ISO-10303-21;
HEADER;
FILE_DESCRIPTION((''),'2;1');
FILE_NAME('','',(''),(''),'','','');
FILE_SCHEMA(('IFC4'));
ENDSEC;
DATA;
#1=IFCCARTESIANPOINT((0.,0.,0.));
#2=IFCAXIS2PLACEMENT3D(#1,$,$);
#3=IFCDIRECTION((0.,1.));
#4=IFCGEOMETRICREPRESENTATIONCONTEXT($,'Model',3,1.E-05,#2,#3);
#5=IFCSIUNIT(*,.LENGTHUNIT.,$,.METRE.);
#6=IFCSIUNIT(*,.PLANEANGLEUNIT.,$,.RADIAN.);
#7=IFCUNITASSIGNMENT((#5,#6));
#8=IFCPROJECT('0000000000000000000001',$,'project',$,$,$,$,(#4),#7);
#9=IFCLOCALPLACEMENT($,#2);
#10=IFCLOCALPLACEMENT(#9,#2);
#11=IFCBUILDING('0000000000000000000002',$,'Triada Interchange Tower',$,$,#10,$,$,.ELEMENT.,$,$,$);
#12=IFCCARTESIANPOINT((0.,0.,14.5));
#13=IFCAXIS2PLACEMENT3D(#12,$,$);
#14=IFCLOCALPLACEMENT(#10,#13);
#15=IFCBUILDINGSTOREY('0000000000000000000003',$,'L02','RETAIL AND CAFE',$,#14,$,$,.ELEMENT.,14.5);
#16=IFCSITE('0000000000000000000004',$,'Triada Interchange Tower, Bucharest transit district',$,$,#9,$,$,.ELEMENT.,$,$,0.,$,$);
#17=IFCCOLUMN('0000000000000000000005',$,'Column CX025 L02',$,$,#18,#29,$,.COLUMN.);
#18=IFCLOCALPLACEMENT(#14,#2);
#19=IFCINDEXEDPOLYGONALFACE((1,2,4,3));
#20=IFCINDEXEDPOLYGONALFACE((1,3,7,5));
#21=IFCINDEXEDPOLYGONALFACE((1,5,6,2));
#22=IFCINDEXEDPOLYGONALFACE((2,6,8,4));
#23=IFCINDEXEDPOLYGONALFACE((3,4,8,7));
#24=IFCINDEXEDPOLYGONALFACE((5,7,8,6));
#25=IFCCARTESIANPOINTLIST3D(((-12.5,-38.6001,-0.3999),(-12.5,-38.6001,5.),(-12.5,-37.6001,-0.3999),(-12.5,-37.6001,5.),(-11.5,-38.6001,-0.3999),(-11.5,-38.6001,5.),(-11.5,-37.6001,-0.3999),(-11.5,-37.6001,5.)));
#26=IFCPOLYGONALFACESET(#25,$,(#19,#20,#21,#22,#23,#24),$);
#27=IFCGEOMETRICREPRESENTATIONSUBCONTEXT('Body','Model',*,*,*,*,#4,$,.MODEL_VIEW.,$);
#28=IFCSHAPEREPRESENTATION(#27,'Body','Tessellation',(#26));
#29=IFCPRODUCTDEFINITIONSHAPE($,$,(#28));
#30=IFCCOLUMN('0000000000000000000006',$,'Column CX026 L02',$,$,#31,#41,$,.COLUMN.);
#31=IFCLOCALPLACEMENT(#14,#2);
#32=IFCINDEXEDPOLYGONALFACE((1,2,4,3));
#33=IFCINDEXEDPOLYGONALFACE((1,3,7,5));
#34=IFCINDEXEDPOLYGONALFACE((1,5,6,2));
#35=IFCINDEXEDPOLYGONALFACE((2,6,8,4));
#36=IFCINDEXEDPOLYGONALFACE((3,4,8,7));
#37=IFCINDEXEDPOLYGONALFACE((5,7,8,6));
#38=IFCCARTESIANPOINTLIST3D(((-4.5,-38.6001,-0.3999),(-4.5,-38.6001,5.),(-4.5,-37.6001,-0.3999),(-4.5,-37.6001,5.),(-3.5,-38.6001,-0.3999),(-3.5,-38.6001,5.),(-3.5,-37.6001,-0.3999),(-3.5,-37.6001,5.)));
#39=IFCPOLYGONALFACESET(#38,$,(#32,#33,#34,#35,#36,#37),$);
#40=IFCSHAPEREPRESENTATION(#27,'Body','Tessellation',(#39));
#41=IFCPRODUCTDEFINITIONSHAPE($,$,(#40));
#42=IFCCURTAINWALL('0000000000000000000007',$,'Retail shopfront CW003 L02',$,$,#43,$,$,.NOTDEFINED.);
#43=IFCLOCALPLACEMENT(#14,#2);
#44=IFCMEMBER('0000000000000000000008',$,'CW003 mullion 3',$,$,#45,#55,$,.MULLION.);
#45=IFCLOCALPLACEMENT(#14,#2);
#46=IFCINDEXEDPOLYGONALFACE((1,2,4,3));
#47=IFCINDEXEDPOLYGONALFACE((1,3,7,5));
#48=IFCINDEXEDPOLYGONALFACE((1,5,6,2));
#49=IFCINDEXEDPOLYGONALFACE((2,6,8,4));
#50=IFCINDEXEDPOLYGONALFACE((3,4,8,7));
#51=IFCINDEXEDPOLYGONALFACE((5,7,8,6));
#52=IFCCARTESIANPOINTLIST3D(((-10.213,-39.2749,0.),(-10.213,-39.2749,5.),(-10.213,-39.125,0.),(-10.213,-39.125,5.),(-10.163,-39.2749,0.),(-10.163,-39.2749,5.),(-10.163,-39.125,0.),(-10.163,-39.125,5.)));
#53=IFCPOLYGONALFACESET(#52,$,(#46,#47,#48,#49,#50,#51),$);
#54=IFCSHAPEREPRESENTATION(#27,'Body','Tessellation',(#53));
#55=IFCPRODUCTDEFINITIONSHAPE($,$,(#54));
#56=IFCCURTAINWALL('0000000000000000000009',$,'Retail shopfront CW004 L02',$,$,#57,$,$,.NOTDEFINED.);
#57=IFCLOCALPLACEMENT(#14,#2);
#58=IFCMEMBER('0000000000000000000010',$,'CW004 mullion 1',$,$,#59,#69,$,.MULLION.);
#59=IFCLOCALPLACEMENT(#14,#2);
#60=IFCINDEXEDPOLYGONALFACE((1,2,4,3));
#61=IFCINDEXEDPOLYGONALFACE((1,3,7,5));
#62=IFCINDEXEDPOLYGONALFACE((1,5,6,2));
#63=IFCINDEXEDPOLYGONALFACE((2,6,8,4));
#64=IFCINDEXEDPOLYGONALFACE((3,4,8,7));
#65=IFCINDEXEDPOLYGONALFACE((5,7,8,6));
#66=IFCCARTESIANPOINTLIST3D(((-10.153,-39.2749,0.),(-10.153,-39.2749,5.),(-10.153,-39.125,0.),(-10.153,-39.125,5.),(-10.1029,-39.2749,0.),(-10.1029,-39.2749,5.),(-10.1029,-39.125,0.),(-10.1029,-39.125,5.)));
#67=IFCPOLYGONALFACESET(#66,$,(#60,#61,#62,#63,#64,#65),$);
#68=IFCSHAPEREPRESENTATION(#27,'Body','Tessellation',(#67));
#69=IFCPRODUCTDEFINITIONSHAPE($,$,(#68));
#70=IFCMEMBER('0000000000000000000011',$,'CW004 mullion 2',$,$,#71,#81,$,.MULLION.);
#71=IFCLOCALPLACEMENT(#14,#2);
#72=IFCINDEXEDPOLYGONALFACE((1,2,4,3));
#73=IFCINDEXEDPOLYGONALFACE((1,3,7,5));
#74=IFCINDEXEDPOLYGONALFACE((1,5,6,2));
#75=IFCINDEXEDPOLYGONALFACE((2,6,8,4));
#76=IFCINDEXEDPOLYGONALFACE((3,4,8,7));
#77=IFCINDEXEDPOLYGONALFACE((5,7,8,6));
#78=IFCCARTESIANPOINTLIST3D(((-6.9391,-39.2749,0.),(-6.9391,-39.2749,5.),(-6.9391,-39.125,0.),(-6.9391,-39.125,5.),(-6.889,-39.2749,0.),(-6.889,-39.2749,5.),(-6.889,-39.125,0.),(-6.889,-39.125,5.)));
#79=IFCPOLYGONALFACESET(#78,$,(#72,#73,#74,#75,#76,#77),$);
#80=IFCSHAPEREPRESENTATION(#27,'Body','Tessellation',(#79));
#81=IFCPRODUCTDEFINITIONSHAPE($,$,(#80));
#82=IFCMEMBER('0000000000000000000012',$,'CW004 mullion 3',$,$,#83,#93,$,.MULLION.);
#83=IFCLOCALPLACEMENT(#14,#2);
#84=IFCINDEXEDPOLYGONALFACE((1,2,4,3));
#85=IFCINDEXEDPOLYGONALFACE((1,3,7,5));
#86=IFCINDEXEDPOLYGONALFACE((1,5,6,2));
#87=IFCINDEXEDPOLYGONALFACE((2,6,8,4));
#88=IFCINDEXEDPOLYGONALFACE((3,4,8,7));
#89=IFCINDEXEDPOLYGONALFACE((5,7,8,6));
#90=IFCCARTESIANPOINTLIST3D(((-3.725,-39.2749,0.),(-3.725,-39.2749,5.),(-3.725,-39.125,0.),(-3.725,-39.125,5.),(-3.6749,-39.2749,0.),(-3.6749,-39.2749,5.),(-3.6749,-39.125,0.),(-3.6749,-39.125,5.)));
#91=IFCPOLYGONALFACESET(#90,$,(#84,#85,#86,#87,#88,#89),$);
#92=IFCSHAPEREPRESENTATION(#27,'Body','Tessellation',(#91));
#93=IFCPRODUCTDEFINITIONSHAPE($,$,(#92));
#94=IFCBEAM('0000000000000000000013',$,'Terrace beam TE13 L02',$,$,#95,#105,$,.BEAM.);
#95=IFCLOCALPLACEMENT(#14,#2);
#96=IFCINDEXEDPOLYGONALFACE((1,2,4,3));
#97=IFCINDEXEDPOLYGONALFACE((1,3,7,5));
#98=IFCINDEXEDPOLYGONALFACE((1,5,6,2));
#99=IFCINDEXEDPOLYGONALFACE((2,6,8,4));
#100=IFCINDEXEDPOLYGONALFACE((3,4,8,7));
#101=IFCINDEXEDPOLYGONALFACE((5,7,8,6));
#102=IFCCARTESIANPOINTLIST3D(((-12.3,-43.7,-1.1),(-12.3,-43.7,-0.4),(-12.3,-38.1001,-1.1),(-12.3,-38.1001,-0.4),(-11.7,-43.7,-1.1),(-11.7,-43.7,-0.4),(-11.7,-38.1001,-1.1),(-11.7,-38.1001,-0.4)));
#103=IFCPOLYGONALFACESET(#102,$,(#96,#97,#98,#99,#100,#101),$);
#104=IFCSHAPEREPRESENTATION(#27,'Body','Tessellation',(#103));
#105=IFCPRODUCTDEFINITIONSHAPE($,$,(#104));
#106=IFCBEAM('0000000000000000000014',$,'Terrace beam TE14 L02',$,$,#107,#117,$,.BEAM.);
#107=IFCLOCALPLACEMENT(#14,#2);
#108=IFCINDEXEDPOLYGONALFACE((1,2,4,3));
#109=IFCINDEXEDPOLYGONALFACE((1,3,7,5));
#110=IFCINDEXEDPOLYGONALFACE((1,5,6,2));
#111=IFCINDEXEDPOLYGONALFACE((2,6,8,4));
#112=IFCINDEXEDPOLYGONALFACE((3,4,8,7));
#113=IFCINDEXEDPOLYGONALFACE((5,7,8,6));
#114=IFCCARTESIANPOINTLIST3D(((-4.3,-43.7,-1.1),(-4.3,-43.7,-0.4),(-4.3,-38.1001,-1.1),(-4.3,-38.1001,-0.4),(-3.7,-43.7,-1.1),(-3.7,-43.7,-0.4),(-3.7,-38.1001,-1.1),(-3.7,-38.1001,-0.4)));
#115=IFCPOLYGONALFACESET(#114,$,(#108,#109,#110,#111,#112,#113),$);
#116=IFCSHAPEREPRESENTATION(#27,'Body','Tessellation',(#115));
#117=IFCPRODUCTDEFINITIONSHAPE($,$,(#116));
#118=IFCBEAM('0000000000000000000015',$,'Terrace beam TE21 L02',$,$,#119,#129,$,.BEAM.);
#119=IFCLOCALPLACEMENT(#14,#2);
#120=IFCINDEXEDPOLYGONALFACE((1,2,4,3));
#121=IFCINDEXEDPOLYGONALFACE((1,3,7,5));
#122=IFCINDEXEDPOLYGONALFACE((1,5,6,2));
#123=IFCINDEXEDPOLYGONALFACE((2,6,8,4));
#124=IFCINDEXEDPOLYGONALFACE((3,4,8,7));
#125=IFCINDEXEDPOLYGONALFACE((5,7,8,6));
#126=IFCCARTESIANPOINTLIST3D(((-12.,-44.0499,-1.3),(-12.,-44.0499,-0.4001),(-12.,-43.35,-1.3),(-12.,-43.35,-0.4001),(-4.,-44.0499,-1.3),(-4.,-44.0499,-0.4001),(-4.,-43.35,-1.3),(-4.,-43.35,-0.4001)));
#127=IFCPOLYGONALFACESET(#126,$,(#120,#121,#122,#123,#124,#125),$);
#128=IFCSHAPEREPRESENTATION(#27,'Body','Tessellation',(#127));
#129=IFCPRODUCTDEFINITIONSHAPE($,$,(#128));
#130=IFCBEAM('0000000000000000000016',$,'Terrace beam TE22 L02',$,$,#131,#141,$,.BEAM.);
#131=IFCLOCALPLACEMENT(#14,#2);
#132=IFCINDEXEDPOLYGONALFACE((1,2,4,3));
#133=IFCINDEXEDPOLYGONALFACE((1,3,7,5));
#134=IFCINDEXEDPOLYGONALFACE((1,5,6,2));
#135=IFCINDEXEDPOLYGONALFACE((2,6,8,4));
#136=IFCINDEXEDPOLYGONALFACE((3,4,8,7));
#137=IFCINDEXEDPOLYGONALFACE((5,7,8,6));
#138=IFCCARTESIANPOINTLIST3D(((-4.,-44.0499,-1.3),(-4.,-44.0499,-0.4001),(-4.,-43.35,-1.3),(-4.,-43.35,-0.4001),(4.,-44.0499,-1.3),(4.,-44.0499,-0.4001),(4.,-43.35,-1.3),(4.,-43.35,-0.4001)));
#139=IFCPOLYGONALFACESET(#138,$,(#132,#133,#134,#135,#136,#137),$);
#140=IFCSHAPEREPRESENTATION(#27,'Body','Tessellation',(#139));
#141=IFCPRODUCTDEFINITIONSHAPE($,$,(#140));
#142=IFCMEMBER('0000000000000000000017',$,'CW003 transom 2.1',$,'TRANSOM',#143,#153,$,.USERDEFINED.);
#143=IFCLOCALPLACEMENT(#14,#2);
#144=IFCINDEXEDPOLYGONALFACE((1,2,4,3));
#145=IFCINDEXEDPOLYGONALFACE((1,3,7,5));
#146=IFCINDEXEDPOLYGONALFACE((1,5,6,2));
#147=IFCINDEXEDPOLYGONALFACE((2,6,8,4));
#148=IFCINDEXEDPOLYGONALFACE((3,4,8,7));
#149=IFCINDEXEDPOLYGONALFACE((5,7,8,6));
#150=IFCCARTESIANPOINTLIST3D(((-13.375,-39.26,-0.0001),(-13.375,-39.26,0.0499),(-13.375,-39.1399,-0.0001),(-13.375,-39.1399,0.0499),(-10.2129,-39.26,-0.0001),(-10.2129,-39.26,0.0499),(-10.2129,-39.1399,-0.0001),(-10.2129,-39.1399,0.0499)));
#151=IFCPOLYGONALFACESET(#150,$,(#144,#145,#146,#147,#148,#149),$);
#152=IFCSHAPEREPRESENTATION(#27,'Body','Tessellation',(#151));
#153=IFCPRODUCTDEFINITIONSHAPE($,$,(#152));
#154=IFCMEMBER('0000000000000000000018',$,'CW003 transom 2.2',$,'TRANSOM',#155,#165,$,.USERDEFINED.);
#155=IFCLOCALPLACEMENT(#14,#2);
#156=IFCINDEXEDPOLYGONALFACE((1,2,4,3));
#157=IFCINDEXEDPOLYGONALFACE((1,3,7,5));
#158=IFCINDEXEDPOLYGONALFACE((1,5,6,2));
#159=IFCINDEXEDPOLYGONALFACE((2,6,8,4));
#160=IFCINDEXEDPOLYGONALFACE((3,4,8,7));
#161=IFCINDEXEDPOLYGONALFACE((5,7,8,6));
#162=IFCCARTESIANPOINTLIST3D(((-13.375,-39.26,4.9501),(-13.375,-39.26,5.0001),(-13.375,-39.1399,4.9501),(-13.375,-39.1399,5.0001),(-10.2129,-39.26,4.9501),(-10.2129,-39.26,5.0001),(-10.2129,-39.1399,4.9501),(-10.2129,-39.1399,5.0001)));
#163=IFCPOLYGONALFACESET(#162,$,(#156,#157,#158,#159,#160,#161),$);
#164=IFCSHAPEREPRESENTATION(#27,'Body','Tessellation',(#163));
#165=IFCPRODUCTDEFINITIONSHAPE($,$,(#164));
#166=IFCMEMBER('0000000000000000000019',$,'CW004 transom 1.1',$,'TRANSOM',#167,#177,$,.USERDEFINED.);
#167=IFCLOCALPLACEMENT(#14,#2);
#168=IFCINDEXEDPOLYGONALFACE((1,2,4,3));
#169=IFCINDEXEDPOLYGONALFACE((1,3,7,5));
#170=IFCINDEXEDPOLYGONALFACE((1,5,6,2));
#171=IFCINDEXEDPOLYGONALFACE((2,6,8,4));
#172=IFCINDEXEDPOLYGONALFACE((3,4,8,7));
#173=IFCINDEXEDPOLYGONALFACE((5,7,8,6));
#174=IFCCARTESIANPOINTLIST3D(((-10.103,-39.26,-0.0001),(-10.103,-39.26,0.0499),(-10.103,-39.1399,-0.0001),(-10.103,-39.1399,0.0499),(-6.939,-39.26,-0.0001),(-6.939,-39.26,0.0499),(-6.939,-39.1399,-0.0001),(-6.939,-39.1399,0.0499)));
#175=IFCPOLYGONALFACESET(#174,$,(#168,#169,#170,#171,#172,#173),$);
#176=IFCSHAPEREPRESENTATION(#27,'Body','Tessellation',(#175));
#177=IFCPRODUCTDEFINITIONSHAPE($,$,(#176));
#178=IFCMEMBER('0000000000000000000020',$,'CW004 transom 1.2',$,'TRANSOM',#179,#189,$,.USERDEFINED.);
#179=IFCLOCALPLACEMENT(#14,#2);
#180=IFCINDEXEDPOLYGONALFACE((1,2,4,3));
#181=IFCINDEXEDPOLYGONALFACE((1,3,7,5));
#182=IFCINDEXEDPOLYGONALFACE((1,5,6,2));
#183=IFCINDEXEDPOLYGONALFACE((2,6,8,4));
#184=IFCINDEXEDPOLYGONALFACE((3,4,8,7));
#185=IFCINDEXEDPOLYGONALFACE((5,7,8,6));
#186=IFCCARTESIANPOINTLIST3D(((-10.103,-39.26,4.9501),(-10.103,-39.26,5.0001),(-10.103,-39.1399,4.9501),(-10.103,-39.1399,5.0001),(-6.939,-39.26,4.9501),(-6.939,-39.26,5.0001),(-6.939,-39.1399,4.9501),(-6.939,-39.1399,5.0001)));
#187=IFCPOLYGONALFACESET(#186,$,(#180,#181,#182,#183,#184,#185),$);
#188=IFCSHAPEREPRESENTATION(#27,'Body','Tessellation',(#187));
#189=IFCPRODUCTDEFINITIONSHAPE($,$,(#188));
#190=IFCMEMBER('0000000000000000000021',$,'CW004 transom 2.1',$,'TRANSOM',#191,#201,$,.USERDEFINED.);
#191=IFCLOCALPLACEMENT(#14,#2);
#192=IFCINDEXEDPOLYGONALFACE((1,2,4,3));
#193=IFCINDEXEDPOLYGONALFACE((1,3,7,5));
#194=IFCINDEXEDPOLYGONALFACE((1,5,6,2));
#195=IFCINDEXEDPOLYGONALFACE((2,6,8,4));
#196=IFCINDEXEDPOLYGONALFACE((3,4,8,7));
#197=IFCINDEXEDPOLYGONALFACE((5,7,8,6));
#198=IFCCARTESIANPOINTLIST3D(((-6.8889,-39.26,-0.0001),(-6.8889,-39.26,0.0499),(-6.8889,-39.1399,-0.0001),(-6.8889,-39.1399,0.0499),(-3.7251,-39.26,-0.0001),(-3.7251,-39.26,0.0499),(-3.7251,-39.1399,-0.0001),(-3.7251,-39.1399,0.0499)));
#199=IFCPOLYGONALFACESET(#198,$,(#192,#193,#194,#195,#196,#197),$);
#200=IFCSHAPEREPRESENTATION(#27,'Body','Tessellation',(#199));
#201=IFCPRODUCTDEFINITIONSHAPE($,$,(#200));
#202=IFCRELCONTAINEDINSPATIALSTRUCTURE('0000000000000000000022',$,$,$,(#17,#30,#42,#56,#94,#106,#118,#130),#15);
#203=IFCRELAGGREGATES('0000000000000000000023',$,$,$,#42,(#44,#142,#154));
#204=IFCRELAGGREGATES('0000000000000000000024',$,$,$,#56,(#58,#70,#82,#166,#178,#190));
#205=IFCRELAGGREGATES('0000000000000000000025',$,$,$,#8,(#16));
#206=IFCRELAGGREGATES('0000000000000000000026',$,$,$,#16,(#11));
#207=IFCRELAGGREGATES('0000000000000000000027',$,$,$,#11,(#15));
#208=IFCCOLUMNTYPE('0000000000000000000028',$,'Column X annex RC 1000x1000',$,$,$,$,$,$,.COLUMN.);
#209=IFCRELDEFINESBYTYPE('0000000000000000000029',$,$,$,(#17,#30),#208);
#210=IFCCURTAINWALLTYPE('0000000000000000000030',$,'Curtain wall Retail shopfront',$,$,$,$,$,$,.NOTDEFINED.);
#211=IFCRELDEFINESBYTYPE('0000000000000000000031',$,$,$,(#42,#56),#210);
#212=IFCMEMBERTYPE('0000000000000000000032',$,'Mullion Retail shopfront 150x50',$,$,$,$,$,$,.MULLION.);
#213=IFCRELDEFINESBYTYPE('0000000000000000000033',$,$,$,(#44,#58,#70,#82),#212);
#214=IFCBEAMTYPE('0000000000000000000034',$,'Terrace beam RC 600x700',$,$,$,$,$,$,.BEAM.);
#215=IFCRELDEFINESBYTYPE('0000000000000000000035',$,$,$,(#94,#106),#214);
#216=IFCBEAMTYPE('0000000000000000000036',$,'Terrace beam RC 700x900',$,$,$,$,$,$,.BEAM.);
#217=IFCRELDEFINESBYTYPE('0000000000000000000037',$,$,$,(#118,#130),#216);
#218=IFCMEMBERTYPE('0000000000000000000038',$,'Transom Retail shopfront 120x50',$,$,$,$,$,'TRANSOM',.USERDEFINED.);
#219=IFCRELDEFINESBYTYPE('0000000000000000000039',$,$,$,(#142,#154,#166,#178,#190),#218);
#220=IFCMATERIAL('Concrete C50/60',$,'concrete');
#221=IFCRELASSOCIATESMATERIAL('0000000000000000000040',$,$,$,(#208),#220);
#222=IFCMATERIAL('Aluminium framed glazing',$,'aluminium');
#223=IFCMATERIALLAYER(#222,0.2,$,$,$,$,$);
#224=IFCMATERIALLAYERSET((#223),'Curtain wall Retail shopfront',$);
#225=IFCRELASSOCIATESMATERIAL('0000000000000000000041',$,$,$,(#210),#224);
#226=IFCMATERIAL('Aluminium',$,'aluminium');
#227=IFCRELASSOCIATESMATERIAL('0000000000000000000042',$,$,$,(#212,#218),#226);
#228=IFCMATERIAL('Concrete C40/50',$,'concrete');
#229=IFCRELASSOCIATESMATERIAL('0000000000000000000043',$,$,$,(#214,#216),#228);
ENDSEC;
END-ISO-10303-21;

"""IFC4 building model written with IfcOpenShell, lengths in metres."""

from ifc_helpers import new_model, si_unit, direction, frame, origin, origin_2d, place, context, subcontext, project, spatial, rectangle, extrude, material, layer, layer_set, material_profile, profile_set, type_object, element, aggregate, save


model = new_model("IFC4")

# Units and contexts
model_context = context("Model", 3, precision=1e-05, world=origin(), true_north=direction((0.0, 1.0)))
body_context = subcontext(model_context, "Body", "Model", "MODEL_VIEW")
ifc_project = project(units=[si_unit("LENGTHUNIT", "METRE"), si_unit("PLANEANGLEUNIT", "RADIAN")], contexts=[model_context])

# Site, building, storey
site_placement = place(None, origin())
site = spatial("IfcSite", under=ifc_project, at=site_placement, Name="Triada Interchange Tower, Bucharest transit district", CompositionType="ELEMENT", RefElevation=0.0)
building_placement = place(site_placement, origin())
building = spatial("IfcBuilding", under=site, at=building_placement, Name="Triada Interchange Tower", CompositionType="ELEMENT")
storey_placement = place(building_placement, frame((0.0, 0.0, 14.5)))
storey = spatial("IfcBuildingStorey", under=building, at=storey_placement, Name="L02", Description="RETAIL AND CAFE", CompositionType="ELEMENT", Elevation=14.5)

# Columns
ifc_material_1 = material(Name="Concrete C50/60", Category="concrete")
ifc_material_profile_1 = material_profile(ifc_material_1, rectangle(XDim=1.0, YDim=1.0, at=origin_2d()), Name="RC 1000x1000")
ifc_profile_set_1 = profile_set([ifc_material_profile_1], Name="Concrete C50/60")
column_type = type_object("IfcColumnType", Name="Column X annex RC 1000x1000", PredefinedType="COLUMN", material=ifc_profile_set_1)
for number, where, z_axis, x_axis, name in (
    (1, (-12.0, -38.1001, -0.3999), (0.0, 0.0, 1.0), (1.0, 0.0, 0.0), "Column CX025 L02"),
    (2, (-4.0, -38.1001, -0.3999), (0.0, 0.0, 1.0), (1.0, 0.0, 0.0), "Column CX026 L02"),
):
    element("IfcColumn", number, at=place(storey_placement, frame(where, z_axis=z_axis, x_axis=x_axis)), inside=storey, type_object=column_type, Name=name, PredefinedType="COLUMN", context=body_context, shape_type="SweptSolid", body=[
        extrude(rectangle(XDim=1.0, YDim=1.0, at=origin_2d()), origin(), (0.0, 0.0, 1.0), 5.3999),
    ])

# Curtain wall, member
ifc_material_2 = material(Name="Aluminium framed glazing", Category="aluminium")
ifc_layer_1 = layer(ifc_material_2, 0.2)
ifc_layer_set_1 = layer_set([ifc_layer_1], Name="Curtain wall Retail shopfront")
curtain_wall_type = type_object("IfcCurtainWallType", Name="Curtain wall Retail shopfront", PredefinedType="NOTDEFINED", material=ifc_layer_set_1)
curtain_wall_1_placement = place(storey_placement, origin())
curtain_wall_1 = element("IfcCurtainWall", 3, at=curtain_wall_1_placement, inside=storey, type_object=curtain_wall_type, Name="Retail shopfront CW003 L02", PredefinedType="NOTDEFINED")
ifc_material_3 = material(Name="Aluminium", Category="aluminium")
ifc_material_profile_2 = material_profile(ifc_material_3, rectangle(XDim=0.1499, YDim=0.05, at=origin_2d()), Name="Aluminium mullion")
ifc_profile_set_2 = profile_set([ifc_material_profile_2], Name="Aluminium")
member_type_1 = type_object("IfcMemberType", Name="Mullion Retail shopfront 150x50", PredefinedType="MULLION", material=ifc_profile_set_2)
member_1_placement = place(storey_placement, frame((-10.188, -39.2, 0.0), z_axis=(0.0, 0.0, 1.0), x_axis=(0.0, 1.0, 0.0)))
member_1 = element("IfcMember", 4, at=member_1_placement, type_object=member_type_1, Name="CW003 mullion 3", PredefinedType="MULLION", context=body_context, shape_type="SweptSolid", body=[
    extrude(rectangle(XDim=0.1499, YDim=0.05, at=origin_2d()), origin(), (0.0, 0.0, 1.0), 5.0),
])

# Curtain wall, members
curtain_wall_2_placement = place(storey_placement, origin())
curtain_wall_2 = element("IfcCurtainWall", 5, at=curtain_wall_2_placement, inside=storey, type_object=curtain_wall_type, Name="Retail shopfront CW004 L02", PredefinedType="NOTDEFINED")
member_2_placement = place(storey_placement, frame((-10.1279, -39.2, 0.0), z_axis=(0.0, 0.0, 1.0), x_axis=(0.0, 1.0, 0.0)))
member_2 = element("IfcMember", 6, at=member_2_placement, type_object=member_type_1, Name="CW004 mullion 1", PredefinedType="MULLION", context=body_context, shape_type="SweptSolid", body=[
    extrude(rectangle(XDim=0.1499, YDim=0.05, at=origin_2d()), origin(), (0.0, 0.0, 1.0), 5.0),
])
member_3_placement = place(storey_placement, frame((-6.9141, -39.2, 0.0), z_axis=(0.0, 0.0, 1.0), x_axis=(0.0, 1.0, 0.0)))
member_3 = element("IfcMember", 7, at=member_3_placement, type_object=member_type_1, Name="CW004 mullion 2", PredefinedType="MULLION", context=body_context, shape_type="SweptSolid", body=[
    extrude(rectangle(XDim=0.1499, YDim=0.05, at=origin_2d()), origin(), (0.0, 0.0, 1.0), 5.0),
])
member_4_placement = place(storey_placement, frame((-3.7, -39.2, 0.0), z_axis=(0.0, 0.0, 1.0), x_axis=(0.0, 1.0, 0.0)))
member_4 = element("IfcMember", 8, at=member_4_placement, type_object=member_type_1, Name="CW004 mullion 3", PredefinedType="MULLION", context=body_context, shape_type="SweptSolid", body=[
    extrude(rectangle(XDim=0.1499, YDim=0.05, at=origin_2d()), origin(), (0.0, 0.0, 1.0), 5.0),
])

# Beams
ifc_material_4 = material(Name="Concrete C40/50", Category="concrete")
ifc_material_profile_3 = material_profile(ifc_material_4, rectangle(XDim=0.6001, YDim=0.7, at=origin_2d()), Name="RC 600x700")
ifc_profile_set_3 = profile_set([ifc_material_profile_3], Name="Concrete C40/50")
beam_type_1 = type_object("IfcBeamType", Name="Terrace beam RC 600x700", PredefinedType="BEAM", material=ifc_profile_set_3)
for number, where, z_axis, x_axis, name in (
    (9, (-12.0, -43.7, -0.75), (0.0, 1.0, 0.0), (-1.0, 0.0, 0.0), "Terrace beam TE13 L02"),
    (10, (-4.0, -43.7, -0.75), (0.0, 1.0, 0.0), (-1.0, 0.0, 0.0), "Terrace beam TE14 L02"),
):
    element("IfcBeam", number, at=place(storey_placement, frame(where, z_axis=z_axis, x_axis=x_axis)), inside=storey, type_object=beam_type_1, Name=name, PredefinedType="BEAM", context=body_context, shape_type="SweptSolid", body=[
        extrude(rectangle(XDim=0.6001, YDim=0.7, at=origin_2d()), origin(), (0.0, 0.0, 1.0), 5.5999),
    ])
ifc_material_profile_4 = material_profile(ifc_material_4, rectangle(XDim=0.7, YDim=0.8999, at=origin_2d()), Name="RC 700x900")
ifc_profile_set_4 = profile_set([ifc_material_profile_4], Name="Concrete C40/50")
beam_type_2 = type_object("IfcBeamType", Name="Terrace beam RC 700x900", PredefinedType="BEAM", material=ifc_profile_set_4)
for number, where, z_axis, x_axis, name in (
    (11, (-12.0, -43.7, -0.8501), (1.0, 0.0, 0.0), (0.0, 1.0, 0.0), "Terrace beam TE21 L02"),
    (12, (-4.0, -43.7, -0.8501), (1.0, 0.0, 0.0), (0.0, 1.0, 0.0), "Terrace beam TE22 L02"),
):
    element("IfcBeam", number, at=place(storey_placement, frame(where, z_axis=z_axis, x_axis=x_axis)), inside=storey, type_object=beam_type_2, Name=name, PredefinedType="BEAM", context=body_context, shape_type="SweptSolid", body=[
        extrude(rectangle(XDim=0.7, YDim=0.8999, at=origin_2d()), origin(), (0.0, 0.0, 1.0), 8.0),
    ])

# Members
ifc_material_profile_5 = material_profile(ifc_material_3, rectangle(XDim=0.1201, YDim=0.05, at=origin_2d()), Name="Aluminium transom")
ifc_profile_set_5 = profile_set([ifc_material_profile_5], Name="Aluminium")
member_type_2 = type_object("IfcMemberType", Name="Transom Retail shopfront 120x50", ElementType="TRANSOM", PredefinedType="USERDEFINED", material=ifc_profile_set_5)
member_5_placement = place(storey_placement, frame((-13.375, -39.2, 0.0249), z_axis=(1.0, 0.0, 0.0), x_axis=(0.0, 1.0, 0.0)))
member_5 = element("IfcMember", 13, at=member_5_placement, type_object=member_type_2, Name="CW003 transom 2.1", ObjectType="TRANSOM", PredefinedType="USERDEFINED", context=body_context, shape_type="SweptSolid", body=[
    extrude(rectangle(XDim=0.1201, YDim=0.05, at=origin_2d()), origin(), (0.0, 0.0, 1.0), 3.1621),
])
member_6_placement = place(storey_placement, frame((-13.375, -39.2, 4.9751), z_axis=(1.0, 0.0, 0.0), x_axis=(0.0, 1.0, 0.0)))
member_6 = element("IfcMember", 14, at=member_6_placement, type_object=member_type_2, Name="CW003 transom 2.2", ObjectType="TRANSOM", PredefinedType="USERDEFINED", context=body_context, shape_type="SweptSolid", body=[
    extrude(rectangle(XDim=0.1201, YDim=0.05, at=origin_2d()), origin(), (0.0, 0.0, 1.0), 3.1621),
])
member_7_placement = place(storey_placement, frame((-10.103, -39.2, 0.0249), z_axis=(1.0, 0.0, 0.0), x_axis=(0.0, 1.0, 0.0)))
member_7 = element("IfcMember", 15, at=member_7_placement, type_object=member_type_2, Name="CW004 transom 1.1", ObjectType="TRANSOM", PredefinedType="USERDEFINED", context=body_context, shape_type="SweptSolid", body=[
    extrude(rectangle(XDim=0.1201, YDim=0.05, at=origin_2d()), origin(), (0.0, 0.0, 1.0), 3.1641),
])
member_8_placement = place(storey_placement, frame((-10.103, -39.2, 4.9751), z_axis=(1.0, 0.0, 0.0), x_axis=(0.0, 1.0, 0.0)))
member_8 = element("IfcMember", 16, at=member_8_placement, type_object=member_type_2, Name="CW004 transom 1.2", ObjectType="TRANSOM", PredefinedType="USERDEFINED", context=body_context, shape_type="SweptSolid", body=[
    extrude(rectangle(XDim=0.1201, YDim=0.05, at=origin_2d()), origin(), (0.0, 0.0, 1.0), 3.1641),
])
member_9_placement = place(storey_placement, frame((-6.8889, -39.2, 0.0249), z_axis=(1.0, 0.0, 0.0), x_axis=(0.0, 1.0, 0.0)))
member_9 = element("IfcMember", 17, at=member_9_placement, type_object=member_type_2, Name="CW004 transom 2.1", ObjectType="TRANSOM", PredefinedType="USERDEFINED", context=body_context, shape_type="SweptSolid", body=[
    extrude(rectangle(XDim=0.1201, YDim=0.05, at=origin_2d()), origin(), (0.0, 0.0, 1.0), 3.1638),
])

aggregate(curtain_wall_1, [member_1, member_5, member_6])
aggregate(curtain_wall_2, [member_2, member_3, member_4, member_7, member_8, member_9])

save(model, "model.ifc")
